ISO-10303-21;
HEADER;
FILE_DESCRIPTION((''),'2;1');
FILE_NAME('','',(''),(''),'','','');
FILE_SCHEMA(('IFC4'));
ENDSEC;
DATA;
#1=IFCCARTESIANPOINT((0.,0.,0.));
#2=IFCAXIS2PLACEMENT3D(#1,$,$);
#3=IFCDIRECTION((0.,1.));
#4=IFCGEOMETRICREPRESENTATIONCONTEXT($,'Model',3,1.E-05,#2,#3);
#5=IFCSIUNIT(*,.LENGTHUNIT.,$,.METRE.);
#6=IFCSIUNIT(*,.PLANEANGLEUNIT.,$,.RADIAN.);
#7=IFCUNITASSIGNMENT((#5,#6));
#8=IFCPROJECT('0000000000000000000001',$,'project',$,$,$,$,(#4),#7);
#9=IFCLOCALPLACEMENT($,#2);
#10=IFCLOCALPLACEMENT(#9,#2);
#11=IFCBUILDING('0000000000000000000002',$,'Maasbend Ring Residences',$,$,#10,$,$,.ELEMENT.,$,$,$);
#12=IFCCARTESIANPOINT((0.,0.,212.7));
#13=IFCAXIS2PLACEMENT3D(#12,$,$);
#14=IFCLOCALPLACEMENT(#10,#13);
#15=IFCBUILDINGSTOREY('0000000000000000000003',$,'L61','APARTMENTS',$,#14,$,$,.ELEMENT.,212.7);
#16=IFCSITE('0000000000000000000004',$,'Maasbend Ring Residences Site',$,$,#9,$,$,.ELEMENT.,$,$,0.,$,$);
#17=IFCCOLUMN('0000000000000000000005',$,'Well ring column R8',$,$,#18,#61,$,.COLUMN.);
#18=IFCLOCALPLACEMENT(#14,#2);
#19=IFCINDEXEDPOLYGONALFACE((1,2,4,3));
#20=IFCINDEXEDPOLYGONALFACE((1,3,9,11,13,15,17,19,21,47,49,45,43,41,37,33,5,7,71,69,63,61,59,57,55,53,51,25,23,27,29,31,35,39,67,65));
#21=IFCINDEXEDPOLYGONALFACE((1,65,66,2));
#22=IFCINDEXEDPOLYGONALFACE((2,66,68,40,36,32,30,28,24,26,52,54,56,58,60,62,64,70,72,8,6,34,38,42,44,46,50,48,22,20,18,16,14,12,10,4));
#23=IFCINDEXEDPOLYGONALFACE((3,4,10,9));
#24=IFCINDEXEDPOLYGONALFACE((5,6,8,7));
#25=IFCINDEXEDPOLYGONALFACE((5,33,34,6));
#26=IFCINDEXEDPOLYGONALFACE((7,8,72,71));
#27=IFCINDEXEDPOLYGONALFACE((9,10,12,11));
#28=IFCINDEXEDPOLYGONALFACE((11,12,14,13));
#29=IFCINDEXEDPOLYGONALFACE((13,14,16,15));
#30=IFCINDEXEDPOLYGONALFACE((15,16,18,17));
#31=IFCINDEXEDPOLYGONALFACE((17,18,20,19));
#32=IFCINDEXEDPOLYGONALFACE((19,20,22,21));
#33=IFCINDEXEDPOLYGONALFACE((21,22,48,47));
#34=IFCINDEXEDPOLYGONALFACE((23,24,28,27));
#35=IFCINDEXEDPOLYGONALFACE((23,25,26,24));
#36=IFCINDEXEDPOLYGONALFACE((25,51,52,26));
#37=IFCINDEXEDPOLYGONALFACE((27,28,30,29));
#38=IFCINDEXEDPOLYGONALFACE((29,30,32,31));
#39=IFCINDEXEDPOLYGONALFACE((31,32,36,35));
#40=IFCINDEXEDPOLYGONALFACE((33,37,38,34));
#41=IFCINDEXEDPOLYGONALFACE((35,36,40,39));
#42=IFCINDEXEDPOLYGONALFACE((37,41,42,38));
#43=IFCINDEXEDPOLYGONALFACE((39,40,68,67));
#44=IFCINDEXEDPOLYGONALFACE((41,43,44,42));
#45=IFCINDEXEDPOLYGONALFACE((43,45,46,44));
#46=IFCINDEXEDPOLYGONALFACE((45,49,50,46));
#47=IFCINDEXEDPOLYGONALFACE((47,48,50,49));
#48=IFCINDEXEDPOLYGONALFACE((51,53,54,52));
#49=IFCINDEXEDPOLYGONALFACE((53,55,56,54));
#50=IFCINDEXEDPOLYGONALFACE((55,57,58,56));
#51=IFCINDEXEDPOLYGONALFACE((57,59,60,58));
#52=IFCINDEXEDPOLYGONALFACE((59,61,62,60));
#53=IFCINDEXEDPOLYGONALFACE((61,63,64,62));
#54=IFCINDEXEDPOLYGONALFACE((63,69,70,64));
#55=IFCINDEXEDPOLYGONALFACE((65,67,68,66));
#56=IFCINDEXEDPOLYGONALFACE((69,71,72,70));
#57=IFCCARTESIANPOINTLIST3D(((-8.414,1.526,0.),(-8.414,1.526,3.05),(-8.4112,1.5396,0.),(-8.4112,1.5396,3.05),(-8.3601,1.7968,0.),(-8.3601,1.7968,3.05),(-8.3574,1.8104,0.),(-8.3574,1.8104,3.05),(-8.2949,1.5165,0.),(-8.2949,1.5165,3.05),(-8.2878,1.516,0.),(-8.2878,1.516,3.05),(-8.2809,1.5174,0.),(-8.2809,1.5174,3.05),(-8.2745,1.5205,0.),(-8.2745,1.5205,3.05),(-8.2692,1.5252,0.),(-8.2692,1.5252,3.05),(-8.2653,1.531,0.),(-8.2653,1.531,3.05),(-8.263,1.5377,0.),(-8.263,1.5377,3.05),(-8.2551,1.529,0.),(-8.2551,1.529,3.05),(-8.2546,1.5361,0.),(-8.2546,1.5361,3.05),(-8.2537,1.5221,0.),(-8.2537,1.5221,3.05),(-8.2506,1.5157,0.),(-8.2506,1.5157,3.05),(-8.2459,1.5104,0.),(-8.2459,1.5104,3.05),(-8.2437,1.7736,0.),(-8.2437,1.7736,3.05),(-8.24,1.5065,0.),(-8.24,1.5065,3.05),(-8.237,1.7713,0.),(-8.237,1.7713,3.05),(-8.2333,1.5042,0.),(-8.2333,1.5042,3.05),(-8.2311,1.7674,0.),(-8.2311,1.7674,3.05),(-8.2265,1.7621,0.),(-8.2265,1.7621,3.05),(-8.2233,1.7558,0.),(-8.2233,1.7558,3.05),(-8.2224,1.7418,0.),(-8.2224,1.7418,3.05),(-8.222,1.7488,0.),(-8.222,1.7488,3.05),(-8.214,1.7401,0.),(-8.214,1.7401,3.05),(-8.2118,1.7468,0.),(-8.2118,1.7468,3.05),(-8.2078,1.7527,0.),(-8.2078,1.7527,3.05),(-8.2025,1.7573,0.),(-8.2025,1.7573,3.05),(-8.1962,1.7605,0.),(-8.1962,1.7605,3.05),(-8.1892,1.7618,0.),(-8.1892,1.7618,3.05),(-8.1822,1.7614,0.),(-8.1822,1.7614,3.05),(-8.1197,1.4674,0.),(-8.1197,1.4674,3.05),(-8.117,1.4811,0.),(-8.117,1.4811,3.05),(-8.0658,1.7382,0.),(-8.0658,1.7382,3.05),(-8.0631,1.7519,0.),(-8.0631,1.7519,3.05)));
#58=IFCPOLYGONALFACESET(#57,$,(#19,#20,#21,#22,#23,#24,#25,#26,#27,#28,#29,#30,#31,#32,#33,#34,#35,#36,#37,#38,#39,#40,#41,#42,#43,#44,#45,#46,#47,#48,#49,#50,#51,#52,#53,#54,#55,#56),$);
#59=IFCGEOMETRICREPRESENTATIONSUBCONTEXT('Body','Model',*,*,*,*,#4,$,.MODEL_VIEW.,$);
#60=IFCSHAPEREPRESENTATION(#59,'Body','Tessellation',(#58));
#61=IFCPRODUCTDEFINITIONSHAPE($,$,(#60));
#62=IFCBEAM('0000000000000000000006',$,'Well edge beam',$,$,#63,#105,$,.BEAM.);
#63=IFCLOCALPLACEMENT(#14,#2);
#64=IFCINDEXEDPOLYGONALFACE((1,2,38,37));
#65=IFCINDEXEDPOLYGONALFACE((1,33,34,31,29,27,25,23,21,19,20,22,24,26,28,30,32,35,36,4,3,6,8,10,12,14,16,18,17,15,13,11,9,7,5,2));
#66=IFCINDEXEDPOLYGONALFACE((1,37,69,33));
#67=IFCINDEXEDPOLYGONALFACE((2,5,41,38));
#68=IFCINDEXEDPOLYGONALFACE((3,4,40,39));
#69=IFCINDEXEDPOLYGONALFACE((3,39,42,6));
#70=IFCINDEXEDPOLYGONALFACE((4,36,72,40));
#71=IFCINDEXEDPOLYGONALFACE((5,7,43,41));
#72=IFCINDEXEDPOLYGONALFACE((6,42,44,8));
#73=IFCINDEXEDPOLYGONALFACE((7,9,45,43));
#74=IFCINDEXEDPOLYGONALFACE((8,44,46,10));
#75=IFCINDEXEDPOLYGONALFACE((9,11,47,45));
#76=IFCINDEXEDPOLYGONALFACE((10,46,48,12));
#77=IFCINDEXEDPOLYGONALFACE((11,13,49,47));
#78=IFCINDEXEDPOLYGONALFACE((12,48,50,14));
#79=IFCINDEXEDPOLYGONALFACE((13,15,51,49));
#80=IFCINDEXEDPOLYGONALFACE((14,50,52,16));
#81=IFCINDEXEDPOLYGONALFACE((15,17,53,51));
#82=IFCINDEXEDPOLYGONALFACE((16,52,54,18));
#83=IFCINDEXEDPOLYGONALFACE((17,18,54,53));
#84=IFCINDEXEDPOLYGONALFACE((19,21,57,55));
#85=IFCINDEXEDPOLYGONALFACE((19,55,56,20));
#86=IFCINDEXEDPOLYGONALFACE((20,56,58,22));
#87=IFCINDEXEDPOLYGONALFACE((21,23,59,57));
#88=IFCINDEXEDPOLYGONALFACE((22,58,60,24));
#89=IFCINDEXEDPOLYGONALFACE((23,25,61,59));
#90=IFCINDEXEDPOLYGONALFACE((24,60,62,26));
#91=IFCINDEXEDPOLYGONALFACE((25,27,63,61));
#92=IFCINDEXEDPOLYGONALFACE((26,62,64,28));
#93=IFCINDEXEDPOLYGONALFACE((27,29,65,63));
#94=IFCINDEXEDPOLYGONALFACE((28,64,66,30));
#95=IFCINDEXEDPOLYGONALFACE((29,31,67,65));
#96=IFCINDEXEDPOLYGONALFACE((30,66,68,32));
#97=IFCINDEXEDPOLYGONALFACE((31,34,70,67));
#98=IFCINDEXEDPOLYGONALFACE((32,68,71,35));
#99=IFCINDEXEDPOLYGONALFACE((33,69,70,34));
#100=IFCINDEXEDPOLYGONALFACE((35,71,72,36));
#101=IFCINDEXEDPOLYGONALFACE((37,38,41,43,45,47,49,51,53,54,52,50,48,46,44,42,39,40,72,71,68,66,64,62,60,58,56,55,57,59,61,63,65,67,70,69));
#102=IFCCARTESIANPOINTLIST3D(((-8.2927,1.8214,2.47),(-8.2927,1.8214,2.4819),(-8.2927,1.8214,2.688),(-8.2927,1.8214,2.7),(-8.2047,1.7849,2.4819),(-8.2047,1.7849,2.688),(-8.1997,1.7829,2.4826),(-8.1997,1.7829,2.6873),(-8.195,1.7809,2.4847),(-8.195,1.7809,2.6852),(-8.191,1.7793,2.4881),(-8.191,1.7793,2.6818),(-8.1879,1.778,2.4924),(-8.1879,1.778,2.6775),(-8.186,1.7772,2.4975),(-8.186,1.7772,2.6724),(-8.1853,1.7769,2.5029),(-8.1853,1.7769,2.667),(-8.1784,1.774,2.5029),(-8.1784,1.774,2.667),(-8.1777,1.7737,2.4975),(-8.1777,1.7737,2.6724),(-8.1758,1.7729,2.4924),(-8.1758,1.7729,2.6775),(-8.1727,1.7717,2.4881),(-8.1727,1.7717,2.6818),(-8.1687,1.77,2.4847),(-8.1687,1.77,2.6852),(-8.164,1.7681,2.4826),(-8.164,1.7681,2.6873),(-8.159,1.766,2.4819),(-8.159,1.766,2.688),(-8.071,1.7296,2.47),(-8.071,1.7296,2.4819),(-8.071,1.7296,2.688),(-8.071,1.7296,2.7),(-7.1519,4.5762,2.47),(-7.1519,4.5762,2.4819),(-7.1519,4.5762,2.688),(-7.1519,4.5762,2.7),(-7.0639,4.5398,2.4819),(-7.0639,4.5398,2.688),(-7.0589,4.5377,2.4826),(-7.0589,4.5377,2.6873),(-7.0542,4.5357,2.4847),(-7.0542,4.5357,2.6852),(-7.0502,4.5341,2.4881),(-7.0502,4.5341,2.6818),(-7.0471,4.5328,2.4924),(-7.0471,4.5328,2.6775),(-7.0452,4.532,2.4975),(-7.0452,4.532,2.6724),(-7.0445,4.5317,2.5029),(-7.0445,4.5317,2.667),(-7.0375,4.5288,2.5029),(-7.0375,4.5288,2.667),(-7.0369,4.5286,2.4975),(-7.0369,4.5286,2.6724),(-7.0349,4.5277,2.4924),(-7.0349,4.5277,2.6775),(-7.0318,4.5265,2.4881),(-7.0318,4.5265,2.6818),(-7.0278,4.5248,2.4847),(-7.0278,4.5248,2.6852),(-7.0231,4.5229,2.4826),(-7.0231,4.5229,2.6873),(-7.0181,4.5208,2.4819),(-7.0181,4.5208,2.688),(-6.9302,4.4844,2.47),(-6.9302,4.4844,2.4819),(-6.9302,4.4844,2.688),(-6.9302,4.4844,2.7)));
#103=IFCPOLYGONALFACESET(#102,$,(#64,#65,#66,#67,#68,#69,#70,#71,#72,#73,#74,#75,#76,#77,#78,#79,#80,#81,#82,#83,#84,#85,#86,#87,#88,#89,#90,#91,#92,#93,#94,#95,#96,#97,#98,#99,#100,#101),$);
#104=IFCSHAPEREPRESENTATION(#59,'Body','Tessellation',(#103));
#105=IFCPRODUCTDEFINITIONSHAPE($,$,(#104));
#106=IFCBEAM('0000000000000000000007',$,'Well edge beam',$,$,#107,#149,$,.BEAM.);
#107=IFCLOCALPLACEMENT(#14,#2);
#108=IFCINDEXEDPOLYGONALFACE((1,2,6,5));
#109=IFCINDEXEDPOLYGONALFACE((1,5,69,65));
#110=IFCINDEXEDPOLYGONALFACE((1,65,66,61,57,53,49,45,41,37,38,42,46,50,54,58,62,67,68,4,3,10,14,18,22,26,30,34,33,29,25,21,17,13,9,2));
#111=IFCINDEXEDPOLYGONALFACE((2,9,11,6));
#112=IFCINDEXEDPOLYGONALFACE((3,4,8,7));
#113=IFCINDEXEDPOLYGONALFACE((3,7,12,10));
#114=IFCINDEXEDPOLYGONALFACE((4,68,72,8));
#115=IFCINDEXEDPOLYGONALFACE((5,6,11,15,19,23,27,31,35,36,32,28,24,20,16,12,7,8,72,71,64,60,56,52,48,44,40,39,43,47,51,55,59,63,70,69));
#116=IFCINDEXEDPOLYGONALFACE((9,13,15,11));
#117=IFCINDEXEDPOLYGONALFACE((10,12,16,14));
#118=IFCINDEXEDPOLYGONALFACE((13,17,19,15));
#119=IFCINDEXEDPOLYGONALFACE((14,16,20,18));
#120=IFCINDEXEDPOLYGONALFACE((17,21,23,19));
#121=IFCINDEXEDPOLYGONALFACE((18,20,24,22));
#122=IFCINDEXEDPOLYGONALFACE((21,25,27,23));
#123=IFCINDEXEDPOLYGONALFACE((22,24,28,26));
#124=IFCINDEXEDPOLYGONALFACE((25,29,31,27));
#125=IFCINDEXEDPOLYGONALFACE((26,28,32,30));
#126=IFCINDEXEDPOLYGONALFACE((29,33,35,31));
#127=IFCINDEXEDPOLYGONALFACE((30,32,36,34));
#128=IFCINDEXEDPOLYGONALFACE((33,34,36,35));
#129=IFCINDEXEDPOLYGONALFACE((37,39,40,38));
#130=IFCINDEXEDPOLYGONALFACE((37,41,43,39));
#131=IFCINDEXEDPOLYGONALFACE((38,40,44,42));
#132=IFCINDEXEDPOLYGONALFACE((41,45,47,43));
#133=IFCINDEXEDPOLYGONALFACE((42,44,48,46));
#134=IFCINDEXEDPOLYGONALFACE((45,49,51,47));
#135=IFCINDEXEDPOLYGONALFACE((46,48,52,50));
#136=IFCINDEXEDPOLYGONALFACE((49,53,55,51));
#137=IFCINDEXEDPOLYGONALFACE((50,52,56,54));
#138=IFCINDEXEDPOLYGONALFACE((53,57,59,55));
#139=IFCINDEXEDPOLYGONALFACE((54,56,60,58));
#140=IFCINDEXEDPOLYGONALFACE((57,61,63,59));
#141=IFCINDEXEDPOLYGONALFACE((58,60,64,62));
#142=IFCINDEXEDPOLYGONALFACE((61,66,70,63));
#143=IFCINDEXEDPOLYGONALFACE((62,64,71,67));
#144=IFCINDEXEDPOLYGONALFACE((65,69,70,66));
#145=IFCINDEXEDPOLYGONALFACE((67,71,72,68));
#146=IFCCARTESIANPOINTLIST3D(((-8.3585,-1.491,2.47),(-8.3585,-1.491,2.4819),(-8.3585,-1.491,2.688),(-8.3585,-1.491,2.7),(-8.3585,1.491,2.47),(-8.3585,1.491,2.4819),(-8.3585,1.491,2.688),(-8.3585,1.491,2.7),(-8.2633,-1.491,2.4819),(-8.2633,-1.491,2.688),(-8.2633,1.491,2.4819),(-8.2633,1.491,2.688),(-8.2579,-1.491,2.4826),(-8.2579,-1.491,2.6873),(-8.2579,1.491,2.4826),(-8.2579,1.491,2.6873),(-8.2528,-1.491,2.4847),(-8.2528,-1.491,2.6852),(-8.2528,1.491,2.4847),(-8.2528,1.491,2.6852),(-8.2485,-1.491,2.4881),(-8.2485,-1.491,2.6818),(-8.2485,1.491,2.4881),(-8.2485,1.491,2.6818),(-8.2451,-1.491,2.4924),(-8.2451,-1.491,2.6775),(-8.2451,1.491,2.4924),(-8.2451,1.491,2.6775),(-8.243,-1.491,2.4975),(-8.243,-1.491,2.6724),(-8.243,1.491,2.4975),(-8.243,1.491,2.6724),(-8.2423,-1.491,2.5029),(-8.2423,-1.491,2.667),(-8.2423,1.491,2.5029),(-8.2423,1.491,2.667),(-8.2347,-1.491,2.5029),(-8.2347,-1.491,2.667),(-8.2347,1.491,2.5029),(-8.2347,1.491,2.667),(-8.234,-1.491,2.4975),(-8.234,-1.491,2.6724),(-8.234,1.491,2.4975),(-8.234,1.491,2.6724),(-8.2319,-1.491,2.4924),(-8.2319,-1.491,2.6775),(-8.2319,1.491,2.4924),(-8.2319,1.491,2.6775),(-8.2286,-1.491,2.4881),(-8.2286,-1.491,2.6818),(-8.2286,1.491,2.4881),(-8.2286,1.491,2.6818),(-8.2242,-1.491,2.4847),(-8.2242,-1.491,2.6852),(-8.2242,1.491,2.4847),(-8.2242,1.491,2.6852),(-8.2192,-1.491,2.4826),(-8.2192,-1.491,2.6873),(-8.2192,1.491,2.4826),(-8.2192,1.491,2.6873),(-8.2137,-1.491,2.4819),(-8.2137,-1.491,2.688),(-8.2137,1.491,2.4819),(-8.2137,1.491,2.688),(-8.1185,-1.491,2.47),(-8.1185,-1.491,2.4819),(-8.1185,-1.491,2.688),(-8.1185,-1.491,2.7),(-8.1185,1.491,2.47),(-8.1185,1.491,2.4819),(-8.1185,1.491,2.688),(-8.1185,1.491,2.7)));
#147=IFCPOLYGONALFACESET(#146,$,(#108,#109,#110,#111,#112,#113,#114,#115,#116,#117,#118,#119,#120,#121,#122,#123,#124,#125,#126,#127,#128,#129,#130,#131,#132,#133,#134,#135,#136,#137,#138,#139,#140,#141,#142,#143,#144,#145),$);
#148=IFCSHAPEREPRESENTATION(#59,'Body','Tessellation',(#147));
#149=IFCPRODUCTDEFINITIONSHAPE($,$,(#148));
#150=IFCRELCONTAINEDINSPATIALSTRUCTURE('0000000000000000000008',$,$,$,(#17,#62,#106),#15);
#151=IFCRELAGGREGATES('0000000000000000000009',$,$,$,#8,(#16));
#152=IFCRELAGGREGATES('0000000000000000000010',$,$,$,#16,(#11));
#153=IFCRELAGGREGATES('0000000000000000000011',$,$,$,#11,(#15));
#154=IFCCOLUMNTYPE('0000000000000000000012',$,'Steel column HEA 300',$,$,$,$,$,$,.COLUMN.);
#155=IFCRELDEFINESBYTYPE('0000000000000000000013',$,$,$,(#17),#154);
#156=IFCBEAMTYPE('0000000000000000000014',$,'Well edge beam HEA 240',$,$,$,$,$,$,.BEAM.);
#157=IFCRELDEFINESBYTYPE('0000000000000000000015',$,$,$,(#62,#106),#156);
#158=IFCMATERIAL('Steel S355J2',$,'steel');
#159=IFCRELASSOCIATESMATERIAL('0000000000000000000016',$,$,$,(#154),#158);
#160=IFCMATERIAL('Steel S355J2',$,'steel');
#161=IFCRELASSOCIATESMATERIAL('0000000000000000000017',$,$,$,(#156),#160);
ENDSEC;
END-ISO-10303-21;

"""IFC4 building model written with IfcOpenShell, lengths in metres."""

from ifc_helpers import new_model, si_unit, direction, frame, origin, origin_2d, place, context, subcontext, project, spatial, i_section, extrude, material, material_profile, profile_set, type_object, element, save


model = new_model("IFC4")

# Units and contexts
model_context = context("Model", 3, precision=1e-05, world=origin(), true_north=direction((0.0, 1.0)))
body_context = subcontext(model_context, "Body", "Model", "MODEL_VIEW")
ifc_project = project(units=[si_unit("LENGTHUNIT", "METRE"), si_unit("PLANEANGLEUNIT", "RADIAN")], contexts=[model_context])

# Site, building, storey
site_placement = place(None, origin())
site = spatial("IfcSite", under=ifc_project, at=site_placement, Name="Maasbend Ring Residences Site", CompositionType="ELEMENT", RefElevation=0.0)
building_placement = place(site_placement, origin())
building = spatial("IfcBuilding", under=site, at=building_placement, Name="Maasbend Ring Residences", CompositionType="ELEMENT")
storey_placement = place(building_placement, frame((0.0, 0.0, 212.7)))
storey = spatial("IfcBuildingStorey", under=building, at=storey_placement, Name="L61", Description="APARTMENTS", CompositionType="ELEMENT", Elevation=212.7)

# Column
ifc_material_1 = material(Name="Steel S355J2", Category="steel")
ifc_material_profile_1 = material_profile(ifc_material_1, i_section(OverallWidth=0.3, OverallDepth=0.29, WebThickness=0.0085, FlangeThickness=0.0139, FilletRadius=0.0271, at=origin_2d()), Name="HEA 300")
ifc_profile_set_1 = profile_set([ifc_material_profile_1], Name="Steel S355J2")
column_type = type_object("IfcColumnType", Name="Steel column HEA 300", PredefinedType="COLUMN", material=ifc_profile_set_1)
column_placement = place(storey_placement, frame((-8.2385, 1.6389, 0.0), z_axis=(0.0, 0.0, 1.0), x_axis=(-0.980785, 0.19509, 0.0)))
element("IfcColumn", 1, at=column_placement, inside=storey, type_object=column_type, Name="Well ring column R8", PredefinedType="COLUMN", context=body_context, shape_type="SweptSolid", body=[
    extrude(i_section(OverallWidth=0.3, OverallDepth=0.29, WebThickness=0.0085, FlangeThickness=0.0139, FilletRadius=0.0271, at=origin_2d()), origin(), (0.0, 0.0, 1.0), 3.05),
])

# Beams
ifc_material_2 = material(Name="Steel S355J2", Category="steel")
ifc_material_profile_2 = material_profile(ifc_material_2, i_section(OverallWidth=0.24, OverallDepth=0.23, WebThickness=0.0076, FlangeThickness=0.012, FilletRadius=0.021, at=origin_2d()), Name="HEA 240")
ifc_profile_set_2 = profile_set([ifc_material_profile_2], Name="Steel S355J2")
beam_type = type_object("IfcBeamType", Name="Well edge beam HEA 240", PredefinedType="BEAM", material=ifc_profile_set_2)
beam_1_placement = place(storey_placement, frame((-7.041, 4.5303, 2.585), z_axis=(-0.382615, -0.923908, 0.0), x_axis=(0.923908, -0.382615, 0.0)))
element("IfcBeam", 2, at=beam_1_placement, inside=storey, type_object=beam_type, Name="Well edge beam", PredefinedType="BEAM", context=body_context, shape_type="SweptSolid", body=[
    extrude(i_section(OverallWidth=0.24, OverallDepth=0.23, WebThickness=0.0076, FlangeThickness=0.012, FilletRadius=0.021, at=origin_2d()), origin(), (0.0, 0.0, 1.0), 2.9817),
])
beam_2_placement = place(storey_placement, frame((-8.2385, 1.491, 2.585), z_axis=(0.0, -1.0, 0.0), x_axis=(1.0, 0.0, 0.0)))
element("IfcBeam", 3, at=beam_2_placement, inside=storey, type_object=beam_type, Name="Well edge beam", PredefinedType="BEAM", context=body_context, shape_type="SweptSolid", body=[
    extrude(i_section(OverallWidth=0.24, OverallDepth=0.23, WebThickness=0.0076, FlangeThickness=0.012, FilletRadius=0.021, at=origin_2d()), origin(), (0.0, 0.0, 1.0), 2.9819),
])

save(model, "model.ifc")
